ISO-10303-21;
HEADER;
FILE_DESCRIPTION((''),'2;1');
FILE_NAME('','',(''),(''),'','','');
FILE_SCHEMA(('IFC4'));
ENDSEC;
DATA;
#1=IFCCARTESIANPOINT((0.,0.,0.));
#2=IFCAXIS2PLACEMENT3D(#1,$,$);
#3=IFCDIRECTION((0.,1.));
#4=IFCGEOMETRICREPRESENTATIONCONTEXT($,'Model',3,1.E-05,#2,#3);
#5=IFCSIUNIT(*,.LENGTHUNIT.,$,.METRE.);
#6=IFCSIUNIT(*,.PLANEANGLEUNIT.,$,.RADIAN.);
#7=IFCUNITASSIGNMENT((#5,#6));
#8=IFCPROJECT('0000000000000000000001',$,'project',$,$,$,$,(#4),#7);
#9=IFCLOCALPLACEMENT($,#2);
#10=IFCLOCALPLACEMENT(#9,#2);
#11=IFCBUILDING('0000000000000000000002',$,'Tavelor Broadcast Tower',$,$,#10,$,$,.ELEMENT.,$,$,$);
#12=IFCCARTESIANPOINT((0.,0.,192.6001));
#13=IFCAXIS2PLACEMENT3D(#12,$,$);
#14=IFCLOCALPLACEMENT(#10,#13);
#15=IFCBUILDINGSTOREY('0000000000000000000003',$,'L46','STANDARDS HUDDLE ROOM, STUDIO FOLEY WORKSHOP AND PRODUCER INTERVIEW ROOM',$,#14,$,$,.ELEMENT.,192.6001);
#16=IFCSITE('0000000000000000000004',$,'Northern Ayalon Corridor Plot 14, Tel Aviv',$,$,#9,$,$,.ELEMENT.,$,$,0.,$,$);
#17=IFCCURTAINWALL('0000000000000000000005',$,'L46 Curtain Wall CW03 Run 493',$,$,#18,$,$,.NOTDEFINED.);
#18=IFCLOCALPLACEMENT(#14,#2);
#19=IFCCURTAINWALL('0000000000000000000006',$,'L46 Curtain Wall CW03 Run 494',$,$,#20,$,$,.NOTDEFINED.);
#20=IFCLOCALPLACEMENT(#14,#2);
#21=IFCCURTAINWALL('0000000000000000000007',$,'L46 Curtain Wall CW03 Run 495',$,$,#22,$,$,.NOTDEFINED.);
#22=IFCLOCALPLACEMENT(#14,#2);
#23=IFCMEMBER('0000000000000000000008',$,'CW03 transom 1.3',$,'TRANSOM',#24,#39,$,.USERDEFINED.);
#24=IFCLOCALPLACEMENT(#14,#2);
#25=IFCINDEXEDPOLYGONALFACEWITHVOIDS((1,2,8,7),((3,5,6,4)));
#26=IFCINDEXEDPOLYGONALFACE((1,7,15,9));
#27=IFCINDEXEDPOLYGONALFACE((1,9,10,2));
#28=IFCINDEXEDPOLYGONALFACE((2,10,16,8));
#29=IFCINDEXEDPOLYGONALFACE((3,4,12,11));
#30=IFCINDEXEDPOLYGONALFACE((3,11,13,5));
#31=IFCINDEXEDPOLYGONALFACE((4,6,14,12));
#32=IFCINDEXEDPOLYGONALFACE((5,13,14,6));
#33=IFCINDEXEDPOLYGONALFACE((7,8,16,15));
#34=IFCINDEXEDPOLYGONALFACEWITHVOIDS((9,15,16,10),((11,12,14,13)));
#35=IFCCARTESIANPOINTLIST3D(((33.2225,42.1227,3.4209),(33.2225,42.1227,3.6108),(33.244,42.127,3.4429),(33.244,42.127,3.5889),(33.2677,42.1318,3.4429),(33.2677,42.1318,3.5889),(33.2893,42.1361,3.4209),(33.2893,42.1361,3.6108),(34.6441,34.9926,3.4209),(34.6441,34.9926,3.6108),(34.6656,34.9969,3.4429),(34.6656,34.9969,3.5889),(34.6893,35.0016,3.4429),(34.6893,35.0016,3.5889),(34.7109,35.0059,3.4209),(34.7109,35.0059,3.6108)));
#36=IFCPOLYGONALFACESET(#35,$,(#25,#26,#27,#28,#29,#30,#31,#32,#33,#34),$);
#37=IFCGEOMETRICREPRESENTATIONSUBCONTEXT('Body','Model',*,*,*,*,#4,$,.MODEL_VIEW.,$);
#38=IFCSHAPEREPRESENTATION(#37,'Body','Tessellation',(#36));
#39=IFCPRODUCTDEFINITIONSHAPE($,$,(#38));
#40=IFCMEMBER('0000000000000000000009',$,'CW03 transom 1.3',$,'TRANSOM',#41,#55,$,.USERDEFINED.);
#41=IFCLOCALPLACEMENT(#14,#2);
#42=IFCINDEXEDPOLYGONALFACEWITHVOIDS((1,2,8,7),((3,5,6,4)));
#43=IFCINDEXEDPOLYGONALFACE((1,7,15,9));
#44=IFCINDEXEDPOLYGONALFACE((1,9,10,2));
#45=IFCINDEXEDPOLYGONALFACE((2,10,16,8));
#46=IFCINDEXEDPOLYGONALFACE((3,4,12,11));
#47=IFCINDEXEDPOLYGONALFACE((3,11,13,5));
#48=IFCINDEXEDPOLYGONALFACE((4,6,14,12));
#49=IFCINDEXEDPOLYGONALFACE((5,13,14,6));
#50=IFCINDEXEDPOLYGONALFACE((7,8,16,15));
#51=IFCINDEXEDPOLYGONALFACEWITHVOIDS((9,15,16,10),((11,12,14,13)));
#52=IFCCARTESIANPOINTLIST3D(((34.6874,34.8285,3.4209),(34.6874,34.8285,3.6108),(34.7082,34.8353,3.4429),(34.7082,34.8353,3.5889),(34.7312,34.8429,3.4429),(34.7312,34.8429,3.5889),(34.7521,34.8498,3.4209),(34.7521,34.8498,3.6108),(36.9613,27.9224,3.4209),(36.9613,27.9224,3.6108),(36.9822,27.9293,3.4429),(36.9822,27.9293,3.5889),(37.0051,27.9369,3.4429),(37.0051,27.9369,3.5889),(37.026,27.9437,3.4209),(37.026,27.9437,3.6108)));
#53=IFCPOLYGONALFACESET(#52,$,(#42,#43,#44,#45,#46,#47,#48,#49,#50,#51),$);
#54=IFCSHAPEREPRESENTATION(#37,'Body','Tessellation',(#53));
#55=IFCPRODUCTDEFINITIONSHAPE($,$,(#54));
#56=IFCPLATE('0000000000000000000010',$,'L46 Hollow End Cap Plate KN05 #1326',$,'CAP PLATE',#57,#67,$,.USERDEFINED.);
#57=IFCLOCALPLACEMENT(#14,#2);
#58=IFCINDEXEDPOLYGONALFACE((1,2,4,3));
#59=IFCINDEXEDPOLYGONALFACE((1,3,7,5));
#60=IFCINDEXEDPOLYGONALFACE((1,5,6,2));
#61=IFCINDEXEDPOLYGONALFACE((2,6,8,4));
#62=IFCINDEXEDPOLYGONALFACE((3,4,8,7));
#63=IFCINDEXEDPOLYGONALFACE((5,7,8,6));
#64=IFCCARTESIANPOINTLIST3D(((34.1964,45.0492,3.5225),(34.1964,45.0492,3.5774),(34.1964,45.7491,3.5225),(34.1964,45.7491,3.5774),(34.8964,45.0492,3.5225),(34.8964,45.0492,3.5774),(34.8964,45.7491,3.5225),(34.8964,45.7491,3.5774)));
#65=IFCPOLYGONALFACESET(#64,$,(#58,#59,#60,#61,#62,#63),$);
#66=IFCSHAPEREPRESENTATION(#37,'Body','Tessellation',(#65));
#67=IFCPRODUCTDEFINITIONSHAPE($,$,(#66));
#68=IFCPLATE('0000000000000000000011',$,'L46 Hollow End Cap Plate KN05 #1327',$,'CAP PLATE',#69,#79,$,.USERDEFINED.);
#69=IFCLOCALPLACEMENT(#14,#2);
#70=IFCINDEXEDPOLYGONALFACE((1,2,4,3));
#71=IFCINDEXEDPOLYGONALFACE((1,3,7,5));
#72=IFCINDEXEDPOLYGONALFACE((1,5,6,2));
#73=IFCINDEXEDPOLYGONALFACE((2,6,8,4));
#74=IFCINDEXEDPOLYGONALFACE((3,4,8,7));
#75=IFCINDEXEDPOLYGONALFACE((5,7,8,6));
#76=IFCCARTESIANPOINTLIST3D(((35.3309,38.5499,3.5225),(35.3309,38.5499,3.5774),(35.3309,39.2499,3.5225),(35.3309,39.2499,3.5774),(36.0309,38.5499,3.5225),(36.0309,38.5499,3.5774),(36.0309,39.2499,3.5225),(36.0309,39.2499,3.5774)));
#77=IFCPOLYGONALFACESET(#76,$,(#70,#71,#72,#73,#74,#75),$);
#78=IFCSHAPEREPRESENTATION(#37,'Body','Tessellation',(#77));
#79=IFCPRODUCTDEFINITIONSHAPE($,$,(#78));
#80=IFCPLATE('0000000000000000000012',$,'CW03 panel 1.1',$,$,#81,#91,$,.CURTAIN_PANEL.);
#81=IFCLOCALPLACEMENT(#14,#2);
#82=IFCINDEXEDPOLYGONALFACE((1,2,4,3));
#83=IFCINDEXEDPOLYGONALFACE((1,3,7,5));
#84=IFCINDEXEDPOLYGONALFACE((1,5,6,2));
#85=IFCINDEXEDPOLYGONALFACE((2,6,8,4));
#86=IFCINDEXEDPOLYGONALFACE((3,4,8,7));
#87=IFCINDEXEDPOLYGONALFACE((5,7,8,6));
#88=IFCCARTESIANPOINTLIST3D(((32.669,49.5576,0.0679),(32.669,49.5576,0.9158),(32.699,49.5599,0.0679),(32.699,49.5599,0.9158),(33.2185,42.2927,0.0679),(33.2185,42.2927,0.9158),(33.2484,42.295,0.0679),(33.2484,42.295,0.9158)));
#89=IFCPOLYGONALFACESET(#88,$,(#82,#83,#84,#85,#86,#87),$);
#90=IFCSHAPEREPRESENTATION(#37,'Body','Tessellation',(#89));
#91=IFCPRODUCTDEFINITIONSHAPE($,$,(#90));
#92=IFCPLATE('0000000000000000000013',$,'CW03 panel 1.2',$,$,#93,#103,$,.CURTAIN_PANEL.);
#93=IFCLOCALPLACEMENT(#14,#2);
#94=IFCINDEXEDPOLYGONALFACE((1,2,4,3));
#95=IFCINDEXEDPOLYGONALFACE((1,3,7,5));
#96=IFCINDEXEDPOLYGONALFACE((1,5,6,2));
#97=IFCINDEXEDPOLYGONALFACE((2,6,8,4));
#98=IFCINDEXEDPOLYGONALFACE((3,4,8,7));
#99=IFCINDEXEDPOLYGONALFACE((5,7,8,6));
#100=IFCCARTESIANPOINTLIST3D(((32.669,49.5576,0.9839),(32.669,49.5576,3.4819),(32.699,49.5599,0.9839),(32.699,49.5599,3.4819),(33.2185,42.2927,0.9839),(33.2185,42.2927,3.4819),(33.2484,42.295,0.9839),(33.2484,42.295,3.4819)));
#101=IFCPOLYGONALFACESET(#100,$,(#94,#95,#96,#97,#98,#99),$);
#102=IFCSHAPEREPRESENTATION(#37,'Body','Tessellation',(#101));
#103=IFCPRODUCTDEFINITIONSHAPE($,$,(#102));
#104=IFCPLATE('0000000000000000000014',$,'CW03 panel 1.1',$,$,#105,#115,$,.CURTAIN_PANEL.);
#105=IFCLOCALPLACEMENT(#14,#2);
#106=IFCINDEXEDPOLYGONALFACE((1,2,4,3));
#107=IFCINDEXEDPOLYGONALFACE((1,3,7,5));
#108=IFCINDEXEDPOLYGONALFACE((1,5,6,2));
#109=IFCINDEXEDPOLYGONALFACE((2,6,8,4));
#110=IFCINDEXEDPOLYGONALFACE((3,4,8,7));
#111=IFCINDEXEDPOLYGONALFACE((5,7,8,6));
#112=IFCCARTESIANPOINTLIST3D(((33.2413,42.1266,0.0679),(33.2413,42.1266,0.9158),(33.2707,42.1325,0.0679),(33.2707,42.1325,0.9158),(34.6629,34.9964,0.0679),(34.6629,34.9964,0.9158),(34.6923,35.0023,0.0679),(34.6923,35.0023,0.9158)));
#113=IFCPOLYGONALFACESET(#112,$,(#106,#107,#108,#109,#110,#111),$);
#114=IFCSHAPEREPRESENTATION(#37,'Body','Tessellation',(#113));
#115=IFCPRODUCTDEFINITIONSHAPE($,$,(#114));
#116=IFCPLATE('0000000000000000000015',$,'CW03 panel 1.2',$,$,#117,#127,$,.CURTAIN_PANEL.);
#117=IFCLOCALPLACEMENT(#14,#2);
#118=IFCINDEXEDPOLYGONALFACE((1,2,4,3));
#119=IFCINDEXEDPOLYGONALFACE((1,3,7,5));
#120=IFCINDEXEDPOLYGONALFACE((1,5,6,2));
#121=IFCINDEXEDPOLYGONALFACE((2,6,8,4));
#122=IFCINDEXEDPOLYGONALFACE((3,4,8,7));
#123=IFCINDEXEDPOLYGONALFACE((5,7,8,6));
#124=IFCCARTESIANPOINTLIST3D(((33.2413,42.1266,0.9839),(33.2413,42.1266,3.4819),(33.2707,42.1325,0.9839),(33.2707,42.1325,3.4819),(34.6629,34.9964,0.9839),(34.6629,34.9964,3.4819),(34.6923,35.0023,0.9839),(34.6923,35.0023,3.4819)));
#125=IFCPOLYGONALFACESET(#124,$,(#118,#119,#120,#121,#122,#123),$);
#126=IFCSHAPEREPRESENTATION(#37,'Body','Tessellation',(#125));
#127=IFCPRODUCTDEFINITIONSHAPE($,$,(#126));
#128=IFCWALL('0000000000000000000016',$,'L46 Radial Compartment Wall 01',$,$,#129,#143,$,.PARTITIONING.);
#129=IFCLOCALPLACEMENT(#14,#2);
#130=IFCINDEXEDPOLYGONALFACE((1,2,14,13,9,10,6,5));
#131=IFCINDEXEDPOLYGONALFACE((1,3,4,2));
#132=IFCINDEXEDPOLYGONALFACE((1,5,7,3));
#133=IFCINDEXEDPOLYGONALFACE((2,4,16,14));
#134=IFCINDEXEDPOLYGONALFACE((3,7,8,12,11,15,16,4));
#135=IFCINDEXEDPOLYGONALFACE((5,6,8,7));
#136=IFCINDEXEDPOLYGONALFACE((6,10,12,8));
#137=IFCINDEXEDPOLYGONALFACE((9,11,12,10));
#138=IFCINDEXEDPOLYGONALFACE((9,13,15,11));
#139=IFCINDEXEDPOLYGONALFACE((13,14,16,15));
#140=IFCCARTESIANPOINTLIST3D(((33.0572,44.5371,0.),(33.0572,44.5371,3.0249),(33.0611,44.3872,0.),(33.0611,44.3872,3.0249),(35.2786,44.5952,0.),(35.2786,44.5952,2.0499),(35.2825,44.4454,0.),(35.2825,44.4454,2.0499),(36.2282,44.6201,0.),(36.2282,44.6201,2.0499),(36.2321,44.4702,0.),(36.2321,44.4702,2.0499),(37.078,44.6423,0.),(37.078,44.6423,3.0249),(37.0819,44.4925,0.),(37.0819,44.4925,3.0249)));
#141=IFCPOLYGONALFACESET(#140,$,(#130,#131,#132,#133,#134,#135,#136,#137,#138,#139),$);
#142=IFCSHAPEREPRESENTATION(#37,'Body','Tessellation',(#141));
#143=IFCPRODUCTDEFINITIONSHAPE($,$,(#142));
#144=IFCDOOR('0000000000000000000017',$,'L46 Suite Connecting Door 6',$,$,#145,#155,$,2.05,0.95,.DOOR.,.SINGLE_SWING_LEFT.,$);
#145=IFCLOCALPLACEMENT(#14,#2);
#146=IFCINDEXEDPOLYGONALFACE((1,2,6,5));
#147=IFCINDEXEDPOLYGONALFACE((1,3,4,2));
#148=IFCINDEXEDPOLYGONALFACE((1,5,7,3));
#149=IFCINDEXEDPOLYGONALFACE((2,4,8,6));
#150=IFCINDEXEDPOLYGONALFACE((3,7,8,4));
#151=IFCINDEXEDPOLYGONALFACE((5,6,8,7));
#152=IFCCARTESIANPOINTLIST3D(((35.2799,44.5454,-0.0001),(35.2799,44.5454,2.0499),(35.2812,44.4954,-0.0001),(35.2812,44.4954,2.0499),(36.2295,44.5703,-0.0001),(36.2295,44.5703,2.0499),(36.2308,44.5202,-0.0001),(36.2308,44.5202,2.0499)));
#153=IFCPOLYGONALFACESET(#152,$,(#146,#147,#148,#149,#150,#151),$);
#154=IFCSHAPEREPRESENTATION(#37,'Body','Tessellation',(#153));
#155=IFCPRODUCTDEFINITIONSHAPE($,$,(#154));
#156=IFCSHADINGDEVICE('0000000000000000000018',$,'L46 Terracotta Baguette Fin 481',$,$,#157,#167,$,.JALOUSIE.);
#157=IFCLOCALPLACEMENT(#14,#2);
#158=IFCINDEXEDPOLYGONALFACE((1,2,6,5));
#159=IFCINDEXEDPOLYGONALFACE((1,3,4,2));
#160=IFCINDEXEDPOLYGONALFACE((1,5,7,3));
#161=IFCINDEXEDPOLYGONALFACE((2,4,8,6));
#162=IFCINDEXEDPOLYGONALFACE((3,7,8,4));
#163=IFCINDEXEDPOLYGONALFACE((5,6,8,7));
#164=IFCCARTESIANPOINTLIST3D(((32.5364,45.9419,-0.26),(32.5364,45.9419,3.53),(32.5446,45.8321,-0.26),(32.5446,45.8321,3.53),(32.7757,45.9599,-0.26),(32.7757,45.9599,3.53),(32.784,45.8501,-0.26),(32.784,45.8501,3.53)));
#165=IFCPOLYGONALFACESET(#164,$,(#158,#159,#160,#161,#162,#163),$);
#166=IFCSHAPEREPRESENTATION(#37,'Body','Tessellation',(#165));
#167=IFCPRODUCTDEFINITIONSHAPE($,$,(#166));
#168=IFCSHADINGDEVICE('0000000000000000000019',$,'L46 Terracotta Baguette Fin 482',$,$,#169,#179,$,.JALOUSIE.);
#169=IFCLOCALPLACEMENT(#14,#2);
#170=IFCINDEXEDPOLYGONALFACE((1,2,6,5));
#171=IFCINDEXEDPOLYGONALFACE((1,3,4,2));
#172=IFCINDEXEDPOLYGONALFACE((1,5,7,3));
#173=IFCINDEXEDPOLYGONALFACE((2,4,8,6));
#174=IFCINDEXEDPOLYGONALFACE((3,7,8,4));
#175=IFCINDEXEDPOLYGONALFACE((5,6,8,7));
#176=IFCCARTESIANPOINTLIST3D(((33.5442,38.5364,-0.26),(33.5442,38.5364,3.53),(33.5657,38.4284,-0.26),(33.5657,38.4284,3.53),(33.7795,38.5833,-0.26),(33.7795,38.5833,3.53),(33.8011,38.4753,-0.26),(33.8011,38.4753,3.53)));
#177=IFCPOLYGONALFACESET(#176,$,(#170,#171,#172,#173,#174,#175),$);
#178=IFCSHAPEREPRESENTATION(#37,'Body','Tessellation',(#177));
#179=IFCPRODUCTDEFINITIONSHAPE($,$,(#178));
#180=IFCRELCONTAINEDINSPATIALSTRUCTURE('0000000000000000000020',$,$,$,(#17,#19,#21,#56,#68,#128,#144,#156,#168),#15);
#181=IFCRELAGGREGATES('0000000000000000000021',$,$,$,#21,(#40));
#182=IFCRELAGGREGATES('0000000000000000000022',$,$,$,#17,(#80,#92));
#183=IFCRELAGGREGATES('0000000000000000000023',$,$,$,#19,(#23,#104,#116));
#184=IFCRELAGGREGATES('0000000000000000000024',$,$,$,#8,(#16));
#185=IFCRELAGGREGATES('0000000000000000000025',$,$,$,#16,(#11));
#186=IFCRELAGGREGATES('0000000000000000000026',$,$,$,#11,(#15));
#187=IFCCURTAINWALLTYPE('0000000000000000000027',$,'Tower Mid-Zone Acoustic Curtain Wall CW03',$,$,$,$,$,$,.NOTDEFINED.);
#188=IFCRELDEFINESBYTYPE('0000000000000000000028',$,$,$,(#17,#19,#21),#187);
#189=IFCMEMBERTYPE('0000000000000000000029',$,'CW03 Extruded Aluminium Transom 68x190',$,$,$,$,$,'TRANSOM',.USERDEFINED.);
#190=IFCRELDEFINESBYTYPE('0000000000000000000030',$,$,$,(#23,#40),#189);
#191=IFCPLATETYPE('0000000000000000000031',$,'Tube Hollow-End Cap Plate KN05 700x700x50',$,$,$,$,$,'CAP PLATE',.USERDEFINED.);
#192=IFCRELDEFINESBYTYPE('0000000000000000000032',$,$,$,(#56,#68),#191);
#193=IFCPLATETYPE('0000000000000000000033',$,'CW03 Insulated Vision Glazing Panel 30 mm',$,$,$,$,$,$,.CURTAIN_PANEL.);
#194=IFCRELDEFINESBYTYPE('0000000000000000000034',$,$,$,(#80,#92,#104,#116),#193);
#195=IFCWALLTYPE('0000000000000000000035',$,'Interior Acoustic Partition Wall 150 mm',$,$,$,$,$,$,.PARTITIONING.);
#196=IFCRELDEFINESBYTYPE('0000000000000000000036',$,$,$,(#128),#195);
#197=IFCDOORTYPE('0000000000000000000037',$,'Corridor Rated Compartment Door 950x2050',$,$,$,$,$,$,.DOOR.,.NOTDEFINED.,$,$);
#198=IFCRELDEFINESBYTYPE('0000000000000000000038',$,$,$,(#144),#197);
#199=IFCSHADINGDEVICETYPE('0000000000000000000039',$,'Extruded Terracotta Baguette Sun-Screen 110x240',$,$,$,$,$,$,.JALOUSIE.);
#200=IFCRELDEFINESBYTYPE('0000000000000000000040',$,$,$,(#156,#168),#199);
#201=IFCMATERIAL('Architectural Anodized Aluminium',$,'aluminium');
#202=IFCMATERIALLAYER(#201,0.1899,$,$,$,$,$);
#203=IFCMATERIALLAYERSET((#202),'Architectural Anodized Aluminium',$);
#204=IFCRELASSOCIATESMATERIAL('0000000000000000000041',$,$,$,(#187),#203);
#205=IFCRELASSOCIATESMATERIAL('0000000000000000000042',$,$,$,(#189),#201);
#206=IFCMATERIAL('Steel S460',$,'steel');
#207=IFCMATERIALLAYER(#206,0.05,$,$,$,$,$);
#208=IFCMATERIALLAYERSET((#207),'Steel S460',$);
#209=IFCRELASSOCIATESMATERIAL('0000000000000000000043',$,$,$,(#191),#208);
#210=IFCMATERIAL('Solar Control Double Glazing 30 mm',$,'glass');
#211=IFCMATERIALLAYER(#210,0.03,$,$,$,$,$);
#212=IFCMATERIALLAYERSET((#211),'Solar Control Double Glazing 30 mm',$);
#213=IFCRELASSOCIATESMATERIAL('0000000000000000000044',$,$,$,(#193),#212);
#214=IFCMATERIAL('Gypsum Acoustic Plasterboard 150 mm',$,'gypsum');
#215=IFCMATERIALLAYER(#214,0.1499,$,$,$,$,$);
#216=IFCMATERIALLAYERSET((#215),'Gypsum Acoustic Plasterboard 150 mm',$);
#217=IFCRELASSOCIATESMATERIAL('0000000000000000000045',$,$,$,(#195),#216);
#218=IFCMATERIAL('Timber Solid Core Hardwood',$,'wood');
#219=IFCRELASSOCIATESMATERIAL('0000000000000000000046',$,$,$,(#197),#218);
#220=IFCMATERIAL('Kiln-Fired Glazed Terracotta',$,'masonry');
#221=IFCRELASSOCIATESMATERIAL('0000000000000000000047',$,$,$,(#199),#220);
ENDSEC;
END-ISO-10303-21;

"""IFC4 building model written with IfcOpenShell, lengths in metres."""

from ifc_helpers import new_model, si_unit, direction, frame, frame_2d, origin, origin_2d, place, context, subcontext, project, spatial, rectangle, hollow_rectangle, extrude, source, transform, mapped, material, layer, layer_set, material_profile, profile_set, type_object, type_shapes, element, fill, aggregate, save


model = new_model("IFC4")

# Units and contexts
model_context = context("Model", 3, precision=1e-05, world=origin(), true_north=direction((0.0, 1.0)))
body_context = subcontext(model_context, "Body", "Model", "MODEL_VIEW")
ifc_project = project(units=[si_unit("LENGTHUNIT", "METRE"), si_unit("PLANEANGLEUNIT", "RADIAN")], contexts=[model_context])

# Site, building, storey
site_placement = place(None, origin())
site = spatial("IfcSite", under=ifc_project, at=site_placement, Name="Northern Ayalon Corridor Plot 14, Tel Aviv", CompositionType="ELEMENT", RefElevation=0.0)
building_placement = place(site_placement, origin())
building = spatial("IfcBuilding", under=site, at=building_placement, Name="Tavelor Broadcast Tower", CompositionType="ELEMENT")
storey_placement = place(building_placement, frame((0.0, 0.0, 192.6001)))
storey = spatial("IfcBuildingStorey", under=building, at=storey_placement, Name="L46", Description="STANDARDS HUDDLE ROOM, STUDIO FOLEY WORKSHOP AND PRODUCER INTERVIEW ROOM", CompositionType="ELEMENT", Elevation=192.6001)

# Shared definitions
ifc_material_1 = material(Name="Steel S460", Category="steel")

# Curtain wall
ifc_material_2 = material(Name="Architectural Anodized Aluminium", Category="aluminium")
ifc_layer_1 = layer(ifc_material_2, 0.1899)
ifc_layer_set_1 = layer_set([ifc_layer_1], Name="Architectural Anodized Aluminium")
curtain_wall_type = type_object("IfcCurtainWallType", Name="Tower Mid-Zone Acoustic Curtain Wall CW03", PredefinedType="NOTDEFINED", material=ifc_layer_set_1)
curtain_wall_1_placement = place(storey_placement, origin())
curtain_wall_1 = element("IfcCurtainWall", 1, at=curtain_wall_1_placement, inside=storey, type_object=curtain_wall_type, Name="L46 Curtain Wall CW03 Run 493", PredefinedType="NOTDEFINED")

# Curtain wall
curtain_wall_2_placement = place(storey_placement, origin())
curtain_wall_2 = element("IfcCurtainWall", 2, at=curtain_wall_2_placement, inside=storey, type_object=curtain_wall_type, Name="L46 Curtain Wall CW03 Run 494", PredefinedType="NOTDEFINED")

# Curtain wall
curtain_wall_3_placement = place(storey_placement, origin())
curtain_wall_3 = element("IfcCurtainWall", 3, at=curtain_wall_3_placement, inside=storey, type_object=curtain_wall_type, Name="L46 Curtain Wall CW03 Run 495", PredefinedType="NOTDEFINED")

# Members
ifc_material_profile_1 = material_profile(ifc_material_2, hollow_rectangle(XDim=0.0681, YDim=0.1899, WallThickness=0.022, at=origin_2d()), Name="RHS 68x190x22")
ifc_profile_set_1 = profile_set([ifc_material_profile_1], Name="Architectural Anodized Aluminium")
member_type_1 = type_object("IfcMemberType", Name="CW03 Extruded Aluminium Transom 68x190", ElementType="TRANSOM", PredefinedType="USERDEFINED", material=ifc_profile_set_1)
shared_shape_1 = source(origin(), body_context, "Body", "SweptSolid", [
    extrude(hollow_rectangle(XDim=0.0681, YDim=0.1899, WallThickness=0.022, at=origin_2d()), origin(), (0.0, 0.0, 1.0), 7.2705),
])
member_1_placement = place(storey_placement, frame((33.2559, 42.1294, 3.5159), z_axis=(0.195535, -0.980697, 0.0), x_axis=(0.980697, 0.195535, 0.0)))
member_1 = element("IfcMember", 4, at=member_1_placement, type_object=member_type_1, Name="CW03 transom 1.3", ObjectType="TRANSOM", PredefinedType="USERDEFINED", context=body_context, shape_type="MappedRepresentation", body=[
    mapped(shared_shape_1, transform((0.0, 0.0, 0.0), scale=1.0)),
])
shared_shape_2 = source(origin(), body_context, "Body", "SweptSolid", [
    extrude(hollow_rectangle(XDim=0.0681, YDim=0.1899, WallThickness=0.022, at=origin_2d()), origin(), (0.0, 0.0, 1.0), 7.2708),
])
type_shapes(member_type_1, [shared_shape_1, shared_shape_2])
member_2_placement = place(storey_placement, frame((34.7197, 34.8391, 3.5159), z_axis=(0.31275, -0.949835, 0.0), x_axis=(0.949835, 0.31275, 0.0)))
member_2 = element("IfcMember", 5, at=member_2_placement, type_object=member_type_1, Name="CW03 transom 1.3", ObjectType="TRANSOM", PredefinedType="USERDEFINED", context=body_context, shape_type="MappedRepresentation", body=[
    mapped(shared_shape_2, transform((0.0, 0.0, 0.0), scale=1.0)),
])
aggregate(curtain_wall_3, [member_2])

# Plates
ifc_layer_2 = layer(ifc_material_1, 0.05)
ifc_layer_set_2 = layer_set([ifc_layer_2], Name="Steel S460")
plate_type_1 = type_object("IfcPlateType", Name="Tube Hollow-End Cap Plate KN05 700x700x50", ElementType="CAP PLATE", PredefinedType="USERDEFINED", material=ifc_layer_set_2)
shared_shape_3 = source(origin(), body_context, "Body", "SweptSolid", [
    extrude(rectangle(XDim=0.7, YDim=0.7, at=origin_2d()), origin(), (0.0, 0.0, 1.0), 0.0549),
])
type_shapes(plate_type_1, [shared_shape_3])
for number, where, z_axis, x_axis, name in (
    (6, (34.5464, 45.3992, 3.5225), (0.0, 0.0, 1.0), (1.0, 0.0, 0.0), "L46 Hollow End Cap Plate KN05 #1326"),
    (7, (35.6809, 38.8999, 3.5225), (0.0, 0.0, 1.0), (1.0, 0.0, 0.0), "L46 Hollow End Cap Plate KN05 #1327"),
):
    element("IfcPlate", number, at=place(storey_placement, frame(where, z_axis=z_axis, x_axis=x_axis)), inside=storey, type_object=plate_type_1, Name=name, ObjectType="CAP PLATE", PredefinedType="USERDEFINED", context=body_context, shape_type="MappedRepresentation", body=[
        mapped(shared_shape_3, transform((0.0, 0.0, 0.0), scale=1.0)),
    ])

# Plates
ifc_material_3 = material(Name="Solar Control Double Glazing 30 mm", Category="glass")
ifc_layer_3 = layer(ifc_material_3, 0.03)
ifc_layer_set_3 = layer_set([ifc_layer_3], Name="Solar Control Double Glazing 30 mm")
plate_type_2 = type_object("IfcPlateType", Name="CW03 Insulated Vision Glazing Panel 30 mm", PredefinedType="CURTAIN_PANEL", material=ifc_layer_set_3)
shared_shape_4 = source(origin(), body_context, "Body", "SweptSolid", [
    extrude(rectangle(XDim=7.2856, YDim=0.03, at=origin_2d()), origin(), (0.0, 0.0, 1.0), 0.8479),
])
plate_1_placement = place(storey_placement, frame((32.9587, 45.9263, 0.0679), z_axis=(0.0, 0.0, 1.0), x_axis=(0.075414, -0.997152, 0.0)))
plate_1 = element("IfcPlate", 8, at=plate_1_placement, type_object=plate_type_2, Name="CW03 panel 1.1", PredefinedType="CURTAIN_PANEL", context=body_context, shape_type="MappedRepresentation", body=[
    mapped(shared_shape_4, transform((0.0, 0.0, 0.0), scale=1.0)),
])
shared_shape_5 = source(origin(), body_context, "Body", "SweptSolid", [
    extrude(rectangle(XDim=7.2856, YDim=0.03, at=origin_2d()), origin(), (0.0, 0.0, 1.0), 2.498),
])
plate_2_placement = place(storey_placement, frame((32.9587, 45.9263, 0.9839), z_axis=(0.0, 0.0, 1.0), x_axis=(0.075414, -0.997152, 0.0)))
plate_2 = element("IfcPlate", 9, at=plate_2_placement, type_object=plate_type_2, Name="CW03 panel 1.2", PredefinedType="CURTAIN_PANEL", context=body_context, shape_type="MappedRepresentation", body=[
    mapped(shared_shape_5, transform((0.0, 0.0, 0.0), scale=1.0)),
])
aggregate(curtain_wall_1, [plate_1, plate_2])
shared_shape_6 = source(origin(), body_context, "Body", "SweptSolid", [
    extrude(rectangle(XDim=7.2705, YDim=0.03, at=origin_2d()), origin(), (0.0, 0.0, 1.0), 0.8479),
])
plate_3_placement = place(storey_placement, frame((33.9668, 38.5645, 0.0679), z_axis=(0.0, 0.0, 1.0), x_axis=(0.195529, -0.980698, 0.0)))
plate_3 = element("IfcPlate", 10, at=plate_3_placement, type_object=plate_type_2, Name="CW03 panel 1.1", PredefinedType="CURTAIN_PANEL", context=body_context, shape_type="MappedRepresentation", body=[
    mapped(shared_shape_6, transform((0.0, 0.0, 0.0), scale=1.0)),
])
shared_shape_7 = source(origin(), body_context, "Body", "SweptSolid", [
    extrude(rectangle(XDim=7.2705, YDim=0.03, at=origin_2d()), origin(), (0.0, 0.0, 1.0), 2.498),
])
type_shapes(plate_type_2, [shared_shape_4, shared_shape_5, shared_shape_6, shared_shape_7])
plate_4_placement = place(storey_placement, frame((33.9668, 38.5645, 0.9839), z_axis=(0.0, 0.0, 1.0), x_axis=(0.195529, -0.980698, 0.0)))
plate_4 = element("IfcPlate", 11, at=plate_4_placement, type_object=plate_type_2, Name="CW03 panel 1.2", PredefinedType="CURTAIN_PANEL", context=body_context, shape_type="MappedRepresentation", body=[
    mapped(shared_shape_7, transform((0.0, 0.0, 0.0), scale=1.0)),
])
aggregate(curtain_wall_2, [member_1, plate_3, plate_4])

# Wall, opening, door
ifc_material_4 = material(Name="Gypsum Acoustic Plasterboard 150 mm", Category="gypsum")
ifc_layer_4 = layer(ifc_material_4, 0.1499)
ifc_layer_set_4 = layer_set([ifc_layer_4], Name="Gypsum Acoustic Plasterboard 150 mm")
wall_type = type_object("IfcWallType", Name="Interior Acoustic Partition Wall 150 mm", PredefinedType="PARTITIONING", material=ifc_layer_set_4)
wall_placement = place(storey_placement, frame((37.0801, 44.5674, 0.0), z_axis=(0.0, 0.0, 1.0), x_axis=(-0.999658, -0.026161, 0.0)))
wall = element("IfcWall", 12, at=wall_placement, inside=storey, type_object=wall_type, Name="L46 Radial Compartment Wall 01", PredefinedType="PARTITIONING", context=body_context, shape_type="SweptSolid", body=[
    extrude(rectangle(XDim=4.0222, YDim=0.1499, at=frame_2d((2.0112, 0.0))), origin(), (0.0, 0.0, 1.0), 3.0249),
])
opening_placement = place(wall_placement, frame((0.8501, 0.0, 0.0)))
opening = element("IfcOpeningElement", 13, at=opening_placement, cuts=wall, PredefinedType="OPENING", context=body_context, shape_type="SweptSolid", body=[
    extrude(rectangle(XDim=0.95, YDim=2.05, at=frame_2d((0.4751, 1.0249))), frame((0.0, 0.085, 0.0), z_axis=(0.0, -1.0, 0.0), x_axis=(1.0, 0.0, 0.0)), (0.0, 0.0, 1.0), 0.1699),
])
ifc_material_5 = material(Name="Timber Solid Core Hardwood", Category="wood")
door_type = type_object("IfcDoorType", Name="Corridor Rated Compartment Door 950x2050", OperationType="NOTDEFINED", PredefinedType="DOOR", material=ifc_material_5)
door_placement = place(opening_placement, origin())
door = element("IfcDoor", 14, at=door_placement, inside=storey, type_object=door_type, Name="L46 Suite Connecting Door 6", OperationType="SINGLE_SWING_LEFT", OverallHeight=2.05, OverallWidth=0.95, PredefinedType="DOOR", context=body_context, shape_type="SweptSolid", body=[
    extrude(rectangle(XDim=0.95, YDim=2.05, at=frame_2d((0.4751, 1.0249))), frame((0.0, 0.0249, 0.0), z_axis=(0.0, -1.0, 0.0), x_axis=(1.0, 0.0, 0.0)), (0.0, 0.0, 1.0), 0.05),
])
fill(opening, door)

# Shading devices
ifc_material_6 = material(Name="Kiln-Fired Glazed Terracotta", Category="masonry")
shading_device_type = type_object("IfcShadingDeviceType", Name="Extruded Terracotta Baguette Sun-Screen 110x240", PredefinedType="JALOUSIE", material=ifc_material_6)
shared_shape_8 = source(origin(), body_context, "Body", "SweptSolid", [
    extrude(rectangle(XDim=0.1101, YDim=0.24, at=origin_2d()), origin(), (0.0, 0.0, 1.0), 3.79),
])
type_shapes(shading_device_type, [shared_shape_8])
for number, where, z_axis, x_axis, name in (
    (15, (32.6602, 45.896, -0.26), (0.0, 0.0, 1.0), (0.075327, -0.997159, 0.0), "L46 Terracotta Baguette Fin 481"),
    (16, (33.6726, 38.5059, -0.26), (0.0, 0.0, 1.0), (0.195604, -0.980683, 0.0), "L46 Terracotta Baguette Fin 482"),
):
    element("IfcShadingDevice", number, at=place(storey_placement, frame(where, z_axis=z_axis, x_axis=x_axis)), inside=storey, type_object=shading_device_type, Name=name, PredefinedType="JALOUSIE", context=body_context, shape_type="MappedRepresentation", body=[
        mapped(shared_shape_8, transform((0.0, 0.0, 0.0), scale=1.0)),
    ])

save(model, "model.ifc")
